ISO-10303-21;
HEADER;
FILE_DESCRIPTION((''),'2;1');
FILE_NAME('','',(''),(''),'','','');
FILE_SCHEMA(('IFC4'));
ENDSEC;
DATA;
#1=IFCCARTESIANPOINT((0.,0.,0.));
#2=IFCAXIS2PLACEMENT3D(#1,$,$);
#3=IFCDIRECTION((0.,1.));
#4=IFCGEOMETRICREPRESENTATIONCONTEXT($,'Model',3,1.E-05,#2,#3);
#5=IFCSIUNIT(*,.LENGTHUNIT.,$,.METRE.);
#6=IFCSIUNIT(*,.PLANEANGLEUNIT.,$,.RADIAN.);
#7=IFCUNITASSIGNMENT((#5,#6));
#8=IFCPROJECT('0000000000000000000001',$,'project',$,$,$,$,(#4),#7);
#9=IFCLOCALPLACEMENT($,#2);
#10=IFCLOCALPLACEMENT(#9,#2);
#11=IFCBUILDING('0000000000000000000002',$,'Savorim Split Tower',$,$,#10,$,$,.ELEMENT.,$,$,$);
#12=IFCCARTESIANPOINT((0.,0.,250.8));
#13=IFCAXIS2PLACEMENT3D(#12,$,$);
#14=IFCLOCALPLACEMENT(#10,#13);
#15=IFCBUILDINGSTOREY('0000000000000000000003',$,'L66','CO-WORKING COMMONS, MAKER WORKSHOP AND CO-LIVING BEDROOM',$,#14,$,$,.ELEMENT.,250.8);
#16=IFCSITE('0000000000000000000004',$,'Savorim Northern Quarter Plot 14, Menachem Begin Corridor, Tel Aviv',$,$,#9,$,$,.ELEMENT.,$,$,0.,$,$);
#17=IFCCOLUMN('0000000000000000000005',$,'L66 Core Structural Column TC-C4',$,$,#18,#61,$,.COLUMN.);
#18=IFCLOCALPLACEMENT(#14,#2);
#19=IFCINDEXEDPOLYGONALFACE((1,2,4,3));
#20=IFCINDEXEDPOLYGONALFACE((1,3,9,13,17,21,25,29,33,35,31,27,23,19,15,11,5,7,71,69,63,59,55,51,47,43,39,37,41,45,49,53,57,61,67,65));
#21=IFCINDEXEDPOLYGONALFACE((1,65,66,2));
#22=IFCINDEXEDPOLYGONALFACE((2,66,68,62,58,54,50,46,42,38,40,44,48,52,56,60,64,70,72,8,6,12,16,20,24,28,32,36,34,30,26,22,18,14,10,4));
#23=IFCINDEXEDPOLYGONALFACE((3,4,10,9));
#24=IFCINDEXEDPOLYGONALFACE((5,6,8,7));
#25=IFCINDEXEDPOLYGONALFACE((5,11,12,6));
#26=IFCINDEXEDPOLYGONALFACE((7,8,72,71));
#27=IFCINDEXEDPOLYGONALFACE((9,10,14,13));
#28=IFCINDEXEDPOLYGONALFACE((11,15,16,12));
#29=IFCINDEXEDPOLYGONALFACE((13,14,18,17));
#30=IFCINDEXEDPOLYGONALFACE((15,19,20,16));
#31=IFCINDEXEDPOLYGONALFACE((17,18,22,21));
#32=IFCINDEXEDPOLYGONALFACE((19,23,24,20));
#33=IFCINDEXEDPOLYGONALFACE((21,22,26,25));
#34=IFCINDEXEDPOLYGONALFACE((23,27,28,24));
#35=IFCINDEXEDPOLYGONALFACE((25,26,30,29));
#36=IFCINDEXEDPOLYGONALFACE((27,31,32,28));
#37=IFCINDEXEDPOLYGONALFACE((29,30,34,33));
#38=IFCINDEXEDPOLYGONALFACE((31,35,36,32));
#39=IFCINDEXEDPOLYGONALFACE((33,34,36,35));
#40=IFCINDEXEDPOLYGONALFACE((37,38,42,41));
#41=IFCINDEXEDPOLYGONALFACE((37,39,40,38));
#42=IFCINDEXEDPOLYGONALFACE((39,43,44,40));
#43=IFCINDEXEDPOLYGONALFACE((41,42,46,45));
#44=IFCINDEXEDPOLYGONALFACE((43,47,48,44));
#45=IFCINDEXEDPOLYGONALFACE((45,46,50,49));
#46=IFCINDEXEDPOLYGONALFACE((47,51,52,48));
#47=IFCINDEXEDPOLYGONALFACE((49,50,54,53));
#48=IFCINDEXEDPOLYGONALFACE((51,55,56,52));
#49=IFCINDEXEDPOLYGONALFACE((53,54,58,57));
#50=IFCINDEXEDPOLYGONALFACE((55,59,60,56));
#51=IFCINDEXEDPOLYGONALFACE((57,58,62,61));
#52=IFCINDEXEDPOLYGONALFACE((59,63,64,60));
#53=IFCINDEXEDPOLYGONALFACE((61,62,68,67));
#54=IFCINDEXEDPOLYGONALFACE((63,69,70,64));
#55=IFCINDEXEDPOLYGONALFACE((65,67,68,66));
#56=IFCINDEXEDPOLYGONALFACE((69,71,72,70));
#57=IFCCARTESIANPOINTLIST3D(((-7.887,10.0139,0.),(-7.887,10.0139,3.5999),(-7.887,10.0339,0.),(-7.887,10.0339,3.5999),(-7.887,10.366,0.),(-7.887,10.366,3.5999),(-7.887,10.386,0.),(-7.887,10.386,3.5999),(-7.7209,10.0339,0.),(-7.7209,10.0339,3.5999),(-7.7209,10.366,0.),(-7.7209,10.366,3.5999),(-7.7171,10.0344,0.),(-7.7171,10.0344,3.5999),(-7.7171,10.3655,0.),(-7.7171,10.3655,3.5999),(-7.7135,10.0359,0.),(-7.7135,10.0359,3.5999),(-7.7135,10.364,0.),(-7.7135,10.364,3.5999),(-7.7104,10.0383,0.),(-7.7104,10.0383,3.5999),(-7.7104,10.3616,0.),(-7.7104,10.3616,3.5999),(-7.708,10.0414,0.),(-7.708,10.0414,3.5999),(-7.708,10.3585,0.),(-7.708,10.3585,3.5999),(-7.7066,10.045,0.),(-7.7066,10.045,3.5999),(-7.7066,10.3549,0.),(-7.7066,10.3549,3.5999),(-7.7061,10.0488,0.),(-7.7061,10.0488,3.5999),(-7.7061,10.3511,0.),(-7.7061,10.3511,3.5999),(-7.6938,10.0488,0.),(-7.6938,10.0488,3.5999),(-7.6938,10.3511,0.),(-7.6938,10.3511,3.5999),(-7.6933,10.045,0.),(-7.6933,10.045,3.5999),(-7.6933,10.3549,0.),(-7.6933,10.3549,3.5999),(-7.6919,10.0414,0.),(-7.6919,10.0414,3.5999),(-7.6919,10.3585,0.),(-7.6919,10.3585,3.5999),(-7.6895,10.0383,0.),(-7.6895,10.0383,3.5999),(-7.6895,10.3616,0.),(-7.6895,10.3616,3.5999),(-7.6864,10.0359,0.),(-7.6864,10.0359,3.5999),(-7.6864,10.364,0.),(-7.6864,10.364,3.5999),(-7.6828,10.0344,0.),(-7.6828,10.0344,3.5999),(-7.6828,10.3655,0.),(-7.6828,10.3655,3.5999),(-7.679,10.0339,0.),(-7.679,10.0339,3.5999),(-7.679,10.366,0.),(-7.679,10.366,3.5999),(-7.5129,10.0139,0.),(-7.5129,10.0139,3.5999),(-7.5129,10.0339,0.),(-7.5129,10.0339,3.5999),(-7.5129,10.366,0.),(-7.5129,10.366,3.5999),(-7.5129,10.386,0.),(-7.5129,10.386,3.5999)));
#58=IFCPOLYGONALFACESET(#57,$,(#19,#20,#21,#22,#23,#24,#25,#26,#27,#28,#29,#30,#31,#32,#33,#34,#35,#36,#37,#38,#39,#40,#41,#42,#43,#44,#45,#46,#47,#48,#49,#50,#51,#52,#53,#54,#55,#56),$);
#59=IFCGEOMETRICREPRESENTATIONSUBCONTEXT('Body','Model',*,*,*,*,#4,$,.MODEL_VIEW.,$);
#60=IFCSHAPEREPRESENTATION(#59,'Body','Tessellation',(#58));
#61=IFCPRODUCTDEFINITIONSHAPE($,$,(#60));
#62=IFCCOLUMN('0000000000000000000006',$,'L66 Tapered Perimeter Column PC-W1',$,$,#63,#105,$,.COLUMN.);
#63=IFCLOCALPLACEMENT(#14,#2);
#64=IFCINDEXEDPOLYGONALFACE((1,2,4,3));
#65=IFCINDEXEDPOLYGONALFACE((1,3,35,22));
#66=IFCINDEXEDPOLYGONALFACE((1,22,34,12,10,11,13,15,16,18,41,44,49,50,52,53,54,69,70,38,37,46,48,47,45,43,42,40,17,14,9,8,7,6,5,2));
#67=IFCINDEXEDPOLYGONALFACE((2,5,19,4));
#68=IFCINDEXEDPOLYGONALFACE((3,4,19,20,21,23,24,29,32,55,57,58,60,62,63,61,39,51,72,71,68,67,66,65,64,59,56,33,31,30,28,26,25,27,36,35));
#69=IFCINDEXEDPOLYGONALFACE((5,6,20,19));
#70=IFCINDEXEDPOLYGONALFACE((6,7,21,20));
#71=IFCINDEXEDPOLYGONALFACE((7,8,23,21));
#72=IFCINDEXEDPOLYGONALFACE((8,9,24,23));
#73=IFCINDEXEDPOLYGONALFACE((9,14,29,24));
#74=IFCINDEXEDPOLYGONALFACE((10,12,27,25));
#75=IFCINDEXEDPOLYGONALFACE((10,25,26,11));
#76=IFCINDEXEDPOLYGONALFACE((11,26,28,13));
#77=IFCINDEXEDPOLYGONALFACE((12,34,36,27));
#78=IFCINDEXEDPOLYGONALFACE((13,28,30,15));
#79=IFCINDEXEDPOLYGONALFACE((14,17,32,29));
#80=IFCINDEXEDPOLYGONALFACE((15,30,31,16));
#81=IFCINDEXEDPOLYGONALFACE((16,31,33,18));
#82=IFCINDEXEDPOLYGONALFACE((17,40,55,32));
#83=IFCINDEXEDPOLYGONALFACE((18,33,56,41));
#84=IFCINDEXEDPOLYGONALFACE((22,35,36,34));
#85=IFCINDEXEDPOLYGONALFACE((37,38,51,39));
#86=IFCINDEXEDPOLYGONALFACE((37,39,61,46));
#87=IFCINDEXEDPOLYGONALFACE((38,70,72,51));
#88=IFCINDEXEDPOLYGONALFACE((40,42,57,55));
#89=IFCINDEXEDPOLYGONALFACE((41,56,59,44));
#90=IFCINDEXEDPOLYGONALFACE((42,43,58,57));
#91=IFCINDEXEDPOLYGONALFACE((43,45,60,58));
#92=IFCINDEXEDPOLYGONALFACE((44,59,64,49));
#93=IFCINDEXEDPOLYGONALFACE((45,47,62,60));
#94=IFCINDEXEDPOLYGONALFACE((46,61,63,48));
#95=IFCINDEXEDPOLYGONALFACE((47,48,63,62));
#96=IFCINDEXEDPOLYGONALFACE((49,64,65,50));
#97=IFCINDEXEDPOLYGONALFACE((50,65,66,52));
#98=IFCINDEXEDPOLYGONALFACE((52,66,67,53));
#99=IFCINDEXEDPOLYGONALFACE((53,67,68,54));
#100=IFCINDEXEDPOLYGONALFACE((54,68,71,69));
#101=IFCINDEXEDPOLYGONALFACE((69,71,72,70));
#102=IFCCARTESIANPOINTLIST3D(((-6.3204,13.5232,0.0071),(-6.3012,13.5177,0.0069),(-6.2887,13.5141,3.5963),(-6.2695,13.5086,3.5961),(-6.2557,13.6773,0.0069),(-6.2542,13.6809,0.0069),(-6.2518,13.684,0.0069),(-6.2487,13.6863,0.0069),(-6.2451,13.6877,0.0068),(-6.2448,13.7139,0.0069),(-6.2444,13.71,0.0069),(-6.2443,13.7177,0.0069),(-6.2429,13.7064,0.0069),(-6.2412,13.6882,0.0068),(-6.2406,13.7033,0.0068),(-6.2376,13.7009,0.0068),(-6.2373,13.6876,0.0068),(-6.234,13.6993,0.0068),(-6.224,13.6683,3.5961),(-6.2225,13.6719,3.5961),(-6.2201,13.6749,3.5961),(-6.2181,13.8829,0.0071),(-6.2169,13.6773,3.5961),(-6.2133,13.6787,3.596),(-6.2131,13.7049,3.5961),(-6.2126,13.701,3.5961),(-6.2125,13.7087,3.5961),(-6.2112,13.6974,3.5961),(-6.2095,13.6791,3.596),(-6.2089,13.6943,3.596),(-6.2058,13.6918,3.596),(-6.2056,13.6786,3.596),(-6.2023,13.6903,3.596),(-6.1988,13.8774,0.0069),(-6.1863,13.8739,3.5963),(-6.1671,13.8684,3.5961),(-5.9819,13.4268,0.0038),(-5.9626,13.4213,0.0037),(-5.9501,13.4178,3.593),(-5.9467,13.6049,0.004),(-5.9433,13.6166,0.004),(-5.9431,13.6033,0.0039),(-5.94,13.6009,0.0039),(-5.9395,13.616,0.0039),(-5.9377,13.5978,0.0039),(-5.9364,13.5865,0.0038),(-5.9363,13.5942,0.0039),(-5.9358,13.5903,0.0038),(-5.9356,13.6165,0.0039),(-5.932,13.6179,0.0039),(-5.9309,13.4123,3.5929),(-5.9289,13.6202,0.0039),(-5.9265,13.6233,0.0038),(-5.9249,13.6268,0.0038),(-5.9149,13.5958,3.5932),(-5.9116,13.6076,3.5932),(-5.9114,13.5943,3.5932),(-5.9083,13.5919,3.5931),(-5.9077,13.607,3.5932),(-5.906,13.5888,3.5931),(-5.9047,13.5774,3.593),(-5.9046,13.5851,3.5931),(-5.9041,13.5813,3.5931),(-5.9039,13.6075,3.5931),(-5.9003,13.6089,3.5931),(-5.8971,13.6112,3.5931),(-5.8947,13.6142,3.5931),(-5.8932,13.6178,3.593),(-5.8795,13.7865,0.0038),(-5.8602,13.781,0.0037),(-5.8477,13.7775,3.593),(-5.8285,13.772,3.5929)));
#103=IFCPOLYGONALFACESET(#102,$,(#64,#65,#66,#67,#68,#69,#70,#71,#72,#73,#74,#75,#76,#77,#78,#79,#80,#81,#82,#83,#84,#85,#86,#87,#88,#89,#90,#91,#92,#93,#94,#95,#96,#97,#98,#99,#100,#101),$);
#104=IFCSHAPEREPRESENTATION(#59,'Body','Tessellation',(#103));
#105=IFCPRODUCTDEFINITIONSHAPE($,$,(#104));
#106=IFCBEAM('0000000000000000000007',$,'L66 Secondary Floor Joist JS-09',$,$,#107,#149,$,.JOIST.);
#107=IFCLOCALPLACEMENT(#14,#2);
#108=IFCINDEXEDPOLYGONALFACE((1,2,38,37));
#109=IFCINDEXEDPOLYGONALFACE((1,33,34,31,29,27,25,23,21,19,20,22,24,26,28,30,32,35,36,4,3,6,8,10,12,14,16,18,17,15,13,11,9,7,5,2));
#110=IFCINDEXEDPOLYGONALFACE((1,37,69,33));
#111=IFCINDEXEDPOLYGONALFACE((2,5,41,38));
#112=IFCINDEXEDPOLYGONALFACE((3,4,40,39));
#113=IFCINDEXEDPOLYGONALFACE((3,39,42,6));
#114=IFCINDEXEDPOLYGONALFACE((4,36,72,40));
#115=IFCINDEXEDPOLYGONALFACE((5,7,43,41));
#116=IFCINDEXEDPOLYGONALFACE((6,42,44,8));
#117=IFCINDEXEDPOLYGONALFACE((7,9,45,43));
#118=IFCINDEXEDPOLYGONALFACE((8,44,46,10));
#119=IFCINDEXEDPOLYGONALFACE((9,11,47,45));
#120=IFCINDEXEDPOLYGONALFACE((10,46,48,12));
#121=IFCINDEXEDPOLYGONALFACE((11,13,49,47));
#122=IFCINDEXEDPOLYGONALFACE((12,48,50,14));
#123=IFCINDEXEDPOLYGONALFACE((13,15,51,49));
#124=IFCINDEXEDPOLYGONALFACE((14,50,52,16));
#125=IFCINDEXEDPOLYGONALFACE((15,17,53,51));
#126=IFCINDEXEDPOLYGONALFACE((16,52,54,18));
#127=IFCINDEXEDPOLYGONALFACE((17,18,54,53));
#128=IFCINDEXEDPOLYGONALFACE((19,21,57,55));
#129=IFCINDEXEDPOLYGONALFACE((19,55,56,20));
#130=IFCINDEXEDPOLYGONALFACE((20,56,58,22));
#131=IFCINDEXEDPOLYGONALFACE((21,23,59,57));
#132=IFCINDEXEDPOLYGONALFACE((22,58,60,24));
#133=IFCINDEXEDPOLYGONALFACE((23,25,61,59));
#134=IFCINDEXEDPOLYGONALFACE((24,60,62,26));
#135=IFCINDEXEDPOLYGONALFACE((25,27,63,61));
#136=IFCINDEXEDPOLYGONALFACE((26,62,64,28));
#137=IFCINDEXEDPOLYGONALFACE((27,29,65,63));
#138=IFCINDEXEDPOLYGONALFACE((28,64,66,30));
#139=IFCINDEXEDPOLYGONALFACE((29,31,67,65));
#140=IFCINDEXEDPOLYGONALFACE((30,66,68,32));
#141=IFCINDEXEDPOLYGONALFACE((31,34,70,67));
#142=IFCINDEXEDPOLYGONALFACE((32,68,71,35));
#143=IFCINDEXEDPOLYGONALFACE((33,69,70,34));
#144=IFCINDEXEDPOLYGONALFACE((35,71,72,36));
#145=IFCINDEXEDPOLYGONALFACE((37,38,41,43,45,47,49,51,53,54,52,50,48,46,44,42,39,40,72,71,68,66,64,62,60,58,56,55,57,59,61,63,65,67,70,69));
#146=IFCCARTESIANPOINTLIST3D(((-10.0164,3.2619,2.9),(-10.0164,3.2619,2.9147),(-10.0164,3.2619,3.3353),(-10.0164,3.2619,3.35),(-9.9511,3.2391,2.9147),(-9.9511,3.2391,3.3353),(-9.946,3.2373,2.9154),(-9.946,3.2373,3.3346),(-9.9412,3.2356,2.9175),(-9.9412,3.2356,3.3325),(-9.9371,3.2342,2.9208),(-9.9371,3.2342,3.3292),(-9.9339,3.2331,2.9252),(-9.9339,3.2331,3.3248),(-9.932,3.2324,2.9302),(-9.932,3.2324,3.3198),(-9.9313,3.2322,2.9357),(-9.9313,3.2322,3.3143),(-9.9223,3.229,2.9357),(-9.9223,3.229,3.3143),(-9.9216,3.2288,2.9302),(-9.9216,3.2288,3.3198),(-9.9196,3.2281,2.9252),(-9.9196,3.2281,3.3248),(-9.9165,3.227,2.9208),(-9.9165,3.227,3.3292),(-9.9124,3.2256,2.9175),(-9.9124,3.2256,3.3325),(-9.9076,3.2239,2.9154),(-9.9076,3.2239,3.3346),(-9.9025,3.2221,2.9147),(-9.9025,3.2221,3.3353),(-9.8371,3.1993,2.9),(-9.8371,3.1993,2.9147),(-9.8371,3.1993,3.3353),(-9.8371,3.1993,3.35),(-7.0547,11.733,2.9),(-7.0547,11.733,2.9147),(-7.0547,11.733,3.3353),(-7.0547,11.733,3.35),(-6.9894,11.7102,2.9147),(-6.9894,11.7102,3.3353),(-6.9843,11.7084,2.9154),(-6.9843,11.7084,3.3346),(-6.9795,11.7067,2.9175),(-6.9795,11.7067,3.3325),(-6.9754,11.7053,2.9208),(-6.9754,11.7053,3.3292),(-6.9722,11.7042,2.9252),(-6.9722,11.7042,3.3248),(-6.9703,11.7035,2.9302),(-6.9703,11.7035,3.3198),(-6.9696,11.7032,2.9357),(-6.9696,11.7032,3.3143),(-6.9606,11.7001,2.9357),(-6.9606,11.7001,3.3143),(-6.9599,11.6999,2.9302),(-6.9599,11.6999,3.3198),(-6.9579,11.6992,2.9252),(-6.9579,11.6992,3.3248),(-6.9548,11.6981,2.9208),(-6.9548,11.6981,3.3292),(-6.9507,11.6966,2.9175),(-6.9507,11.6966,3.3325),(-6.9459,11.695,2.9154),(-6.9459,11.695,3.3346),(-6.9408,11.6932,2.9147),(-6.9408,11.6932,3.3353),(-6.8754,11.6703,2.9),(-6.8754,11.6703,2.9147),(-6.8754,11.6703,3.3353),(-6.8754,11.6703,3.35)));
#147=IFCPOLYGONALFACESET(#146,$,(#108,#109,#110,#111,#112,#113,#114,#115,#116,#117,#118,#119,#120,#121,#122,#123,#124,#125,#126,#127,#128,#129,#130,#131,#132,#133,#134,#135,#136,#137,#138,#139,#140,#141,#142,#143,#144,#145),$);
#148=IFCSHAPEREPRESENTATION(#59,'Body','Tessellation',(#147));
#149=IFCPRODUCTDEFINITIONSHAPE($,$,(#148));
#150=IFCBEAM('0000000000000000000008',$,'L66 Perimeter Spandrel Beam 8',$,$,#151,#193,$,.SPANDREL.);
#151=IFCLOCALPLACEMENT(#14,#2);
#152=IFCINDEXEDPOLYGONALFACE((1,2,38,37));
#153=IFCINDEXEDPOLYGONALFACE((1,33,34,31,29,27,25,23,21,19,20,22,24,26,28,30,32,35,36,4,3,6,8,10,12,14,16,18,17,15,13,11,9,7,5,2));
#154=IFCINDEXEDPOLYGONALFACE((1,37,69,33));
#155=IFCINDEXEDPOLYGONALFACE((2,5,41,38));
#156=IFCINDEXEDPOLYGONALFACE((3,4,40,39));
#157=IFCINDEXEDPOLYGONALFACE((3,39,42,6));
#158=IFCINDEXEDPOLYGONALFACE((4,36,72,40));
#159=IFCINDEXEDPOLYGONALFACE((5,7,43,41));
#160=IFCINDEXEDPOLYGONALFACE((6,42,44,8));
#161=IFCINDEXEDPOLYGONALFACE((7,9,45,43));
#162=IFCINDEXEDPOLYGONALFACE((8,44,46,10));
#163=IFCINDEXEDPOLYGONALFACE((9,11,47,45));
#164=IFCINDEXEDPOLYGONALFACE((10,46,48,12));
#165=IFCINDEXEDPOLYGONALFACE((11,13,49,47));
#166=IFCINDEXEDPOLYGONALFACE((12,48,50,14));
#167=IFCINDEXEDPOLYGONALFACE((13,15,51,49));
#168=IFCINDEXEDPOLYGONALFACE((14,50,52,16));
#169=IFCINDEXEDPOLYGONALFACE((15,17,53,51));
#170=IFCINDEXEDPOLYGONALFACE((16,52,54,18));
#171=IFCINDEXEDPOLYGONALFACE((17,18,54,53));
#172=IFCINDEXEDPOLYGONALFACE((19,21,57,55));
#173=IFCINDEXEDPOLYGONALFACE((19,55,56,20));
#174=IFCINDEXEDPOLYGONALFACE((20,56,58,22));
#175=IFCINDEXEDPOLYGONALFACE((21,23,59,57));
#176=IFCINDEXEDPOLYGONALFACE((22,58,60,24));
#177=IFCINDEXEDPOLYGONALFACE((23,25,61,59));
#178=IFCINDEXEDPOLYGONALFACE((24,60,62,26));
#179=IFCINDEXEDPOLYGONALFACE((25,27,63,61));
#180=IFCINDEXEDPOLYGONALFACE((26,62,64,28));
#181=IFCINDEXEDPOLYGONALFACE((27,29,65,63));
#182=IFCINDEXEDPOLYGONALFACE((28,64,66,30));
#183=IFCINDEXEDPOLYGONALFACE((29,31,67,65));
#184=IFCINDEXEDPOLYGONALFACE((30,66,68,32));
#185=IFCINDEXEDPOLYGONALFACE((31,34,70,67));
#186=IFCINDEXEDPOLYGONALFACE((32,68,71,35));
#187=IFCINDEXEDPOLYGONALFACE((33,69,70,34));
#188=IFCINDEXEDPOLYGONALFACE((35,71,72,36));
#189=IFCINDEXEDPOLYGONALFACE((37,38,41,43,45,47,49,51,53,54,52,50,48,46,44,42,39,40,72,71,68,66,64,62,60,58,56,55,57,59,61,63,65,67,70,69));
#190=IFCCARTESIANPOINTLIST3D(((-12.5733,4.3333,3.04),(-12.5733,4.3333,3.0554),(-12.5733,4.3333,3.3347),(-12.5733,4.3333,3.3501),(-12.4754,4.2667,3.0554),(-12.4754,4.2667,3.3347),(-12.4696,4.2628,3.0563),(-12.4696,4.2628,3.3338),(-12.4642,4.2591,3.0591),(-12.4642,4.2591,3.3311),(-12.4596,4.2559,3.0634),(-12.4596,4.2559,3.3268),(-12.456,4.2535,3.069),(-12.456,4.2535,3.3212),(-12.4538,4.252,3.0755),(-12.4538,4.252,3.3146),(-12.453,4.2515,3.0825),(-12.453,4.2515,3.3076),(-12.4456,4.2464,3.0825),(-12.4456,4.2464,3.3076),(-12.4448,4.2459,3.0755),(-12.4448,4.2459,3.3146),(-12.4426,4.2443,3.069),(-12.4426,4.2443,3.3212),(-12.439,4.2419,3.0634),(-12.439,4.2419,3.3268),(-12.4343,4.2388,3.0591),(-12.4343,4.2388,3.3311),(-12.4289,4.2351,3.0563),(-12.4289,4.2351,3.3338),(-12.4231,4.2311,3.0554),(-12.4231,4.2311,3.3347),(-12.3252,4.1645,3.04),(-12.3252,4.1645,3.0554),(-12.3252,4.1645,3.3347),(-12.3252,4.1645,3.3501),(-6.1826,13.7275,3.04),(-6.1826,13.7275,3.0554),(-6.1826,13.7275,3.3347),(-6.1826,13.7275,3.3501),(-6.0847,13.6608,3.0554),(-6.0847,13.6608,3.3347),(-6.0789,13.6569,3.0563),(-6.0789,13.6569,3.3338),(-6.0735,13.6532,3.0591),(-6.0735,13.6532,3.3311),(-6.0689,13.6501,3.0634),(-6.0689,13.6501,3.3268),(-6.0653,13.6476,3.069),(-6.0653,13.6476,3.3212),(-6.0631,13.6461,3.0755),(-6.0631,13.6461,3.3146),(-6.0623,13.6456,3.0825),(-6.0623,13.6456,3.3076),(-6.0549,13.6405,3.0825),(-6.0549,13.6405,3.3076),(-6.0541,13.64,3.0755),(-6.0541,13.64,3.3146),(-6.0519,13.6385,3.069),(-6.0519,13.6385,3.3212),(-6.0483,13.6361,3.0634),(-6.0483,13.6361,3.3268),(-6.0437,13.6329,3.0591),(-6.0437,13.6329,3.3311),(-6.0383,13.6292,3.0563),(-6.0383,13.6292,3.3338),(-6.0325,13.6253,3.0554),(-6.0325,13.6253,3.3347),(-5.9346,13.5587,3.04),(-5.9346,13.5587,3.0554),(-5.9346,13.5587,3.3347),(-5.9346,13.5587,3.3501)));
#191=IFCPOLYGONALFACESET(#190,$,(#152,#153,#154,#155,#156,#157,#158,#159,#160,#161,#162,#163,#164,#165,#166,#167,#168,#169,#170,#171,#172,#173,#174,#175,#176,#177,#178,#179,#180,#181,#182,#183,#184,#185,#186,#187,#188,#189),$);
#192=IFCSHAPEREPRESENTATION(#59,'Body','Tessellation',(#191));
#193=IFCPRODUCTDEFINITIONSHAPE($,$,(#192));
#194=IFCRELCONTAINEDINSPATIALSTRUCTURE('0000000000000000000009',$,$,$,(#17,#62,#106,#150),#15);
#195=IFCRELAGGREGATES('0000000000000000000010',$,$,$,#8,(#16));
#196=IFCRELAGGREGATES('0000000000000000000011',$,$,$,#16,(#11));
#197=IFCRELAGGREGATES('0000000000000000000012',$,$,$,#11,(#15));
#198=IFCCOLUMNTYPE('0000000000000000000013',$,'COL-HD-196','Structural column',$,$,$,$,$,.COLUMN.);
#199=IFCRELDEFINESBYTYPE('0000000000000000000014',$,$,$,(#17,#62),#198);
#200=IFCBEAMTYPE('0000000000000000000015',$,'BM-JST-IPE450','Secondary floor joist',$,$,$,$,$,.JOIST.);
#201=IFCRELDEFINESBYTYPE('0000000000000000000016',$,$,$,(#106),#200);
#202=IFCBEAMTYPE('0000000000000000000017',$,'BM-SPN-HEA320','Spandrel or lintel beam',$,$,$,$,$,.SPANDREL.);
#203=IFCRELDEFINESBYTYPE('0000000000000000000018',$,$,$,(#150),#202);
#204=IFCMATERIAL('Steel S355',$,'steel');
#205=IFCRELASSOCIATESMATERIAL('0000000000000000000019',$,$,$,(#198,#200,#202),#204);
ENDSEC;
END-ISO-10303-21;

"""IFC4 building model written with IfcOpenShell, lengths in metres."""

from ifc_helpers import new_model, si_unit, direction, frame, origin, origin_2d, place, context, subcontext, project, spatial, i_section, extrude, material, material_profile, profile_set, type_object, element, save


model = new_model("IFC4")

# Units and contexts
model_context = context("Model", 3, precision=1e-05, world=origin(), true_north=direction((0.0, 1.0)))
body_context = subcontext(model_context, "Body", "Model", "MODEL_VIEW")
ifc_project = project(units=[si_unit("LENGTHUNIT", "METRE"), si_unit("PLANEANGLEUNIT", "RADIAN")], contexts=[model_context])

# Site, building, storey
site_placement = place(None, origin())
site = spatial("IfcSite", under=ifc_project, at=site_placement, Name="Savorim Northern Quarter Plot 14, Menachem Begin Corridor, Tel Aviv", CompositionType="ELEMENT", RefElevation=0.0)
building_placement = place(site_placement, origin())
building = spatial("IfcBuilding", under=site, at=building_placement, Name="Savorim Split Tower", CompositionType="ELEMENT")
storey_placement = place(building_placement, frame((0.0, 0.0, 250.8)))
storey = spatial("IfcBuildingStorey", under=building, at=storey_placement, Name="L66", Description="CO-WORKING COMMONS, MAKER WORKSHOP AND CO-LIVING BEDROOM", CompositionType="ELEMENT", Elevation=250.8)

# Columns
ifc_material_1 = material(Name="Steel S355", Category="steel")
ifc_material_profile_1 = material_profile(ifc_material_1, i_section(OverallWidth=0.374, OverallDepth=0.3721, WebThickness=0.0122, FlangeThickness=0.02, FilletRadius=0.0149, at=origin_2d()), Name="HD 360x196")
ifc_profile_set_1 = profile_set([ifc_material_profile_1], Name="Steel S355")
column_type = type_object("IfcColumnType", Name="COL-HD-196", Description="Structural column", PredefinedType="COLUMN", material=ifc_profile_set_1)
column_1_placement = place(storey_placement, frame((-7.7, 10.2, 0.0), z_axis=(0.0, 0.0, 1.0), x_axis=(1.0, 0.0, 0.0)))
element("IfcColumn", 1, at=column_1_placement, inside=storey, type_object=column_type, Name="L66 Core Structural Column TC-C4", PredefinedType="COLUMN", context=body_context, shape_type="SweptSolid", body=[
    extrude(i_section(OverallWidth=0.374, OverallDepth=0.3721, WebThickness=0.0122, FlangeThickness=0.02, FilletRadius=0.0149, at=origin_2d()), origin(), (0.0, 0.0, 1.0), 3.5999),
])
column_2_placement = place(storey_placement, frame((-6.0903, 13.6521, 0.0054), z_axis=(0.008843, -0.002517, 0.999958), x_axis=(0.273744, 0.961803, 0.0)))
element("IfcColumn", 2, at=column_2_placement, inside=storey, type_object=column_type, Name="L66 Tapered Perimeter Column PC-W1", PredefinedType="COLUMN", context=body_context, shape_type="SweptSolid", body=[
    extrude(i_section(OverallWidth=0.374, OverallDepth=0.3721, WebThickness=0.0122, FlangeThickness=0.02, FilletRadius=0.0149, at=origin_2d()), origin(), (0.0, 0.0, 1.0), 3.5894),
])

# Beams
ifc_material_profile_2 = material_profile(ifc_material_1, i_section(OverallWidth=0.1899, OverallDepth=0.45, WebThickness=0.0095, FlangeThickness=0.0146, FilletRadius=0.021, at=origin_2d()), Name="IPE 450")
ifc_profile_set_2 = profile_set([ifc_material_profile_2], Name="Steel S355")
beam_type_1 = type_object("IfcBeamType", Name="BM-JST-IPE450", Description="Secondary floor joist", PredefinedType="JOIST", material=ifc_profile_set_2)
beam_1_placement = place(storey_placement, frame((-6.9651, 11.7017, 3.125), z_axis=(-0.330037, -0.943968, 0.0), x_axis=(0.943968, -0.330037, 0.0)))
element("IfcBeam", 3, at=beam_1_placement, inside=storey, type_object=beam_type_1, Name="L66 Secondary Floor Joist JS-09", PredefinedType="JOIST", context=body_context, shape_type="SweptSolid", body=[
    extrude(i_section(OverallWidth=0.1899, OverallDepth=0.45, WebThickness=0.0095, FlangeThickness=0.0146, FilletRadius=0.021, at=origin_2d()), origin(), (0.0, 0.0, 1.0), 8.9739),
])
ifc_material_profile_3 = material_profile(ifc_material_1, i_section(OverallWidth=0.3, OverallDepth=0.3101, WebThickness=0.009, FlangeThickness=0.0154, FilletRadius=0.0271, at=origin_2d()), Name="HEA 320")
ifc_profile_set_3 = profile_set([ifc_material_profile_3], Name="Steel S355")
beam_type_2 = type_object("IfcBeamType", Name="BM-SPN-HEA320", Description="Spandrel or lintel beam", PredefinedType="SPANDREL", material=ifc_profile_set_3)
beam_2_placement = place(storey_placement, frame((-6.0586, 13.6431, 3.1951), z_axis=(-0.562471, -0.826817, 0.0), x_axis=(0.826817, -0.562471, 0.0)))
element("IfcBeam", 4, at=beam_2_placement, inside=storey, type_object=beam_type_2, Name="L66 Perimeter Spandrel Beam 8", PredefinedType="SPANDREL", context=body_context, shape_type="SweptSolid", body=[
    extrude(i_section(OverallWidth=0.3, OverallDepth=0.3101, WebThickness=0.009, FlangeThickness=0.0154, FilletRadius=0.0271, at=origin_2d()), origin(), (0.0, 0.0, 1.0), 11.3618),
])

save(model, "model.ifc")
